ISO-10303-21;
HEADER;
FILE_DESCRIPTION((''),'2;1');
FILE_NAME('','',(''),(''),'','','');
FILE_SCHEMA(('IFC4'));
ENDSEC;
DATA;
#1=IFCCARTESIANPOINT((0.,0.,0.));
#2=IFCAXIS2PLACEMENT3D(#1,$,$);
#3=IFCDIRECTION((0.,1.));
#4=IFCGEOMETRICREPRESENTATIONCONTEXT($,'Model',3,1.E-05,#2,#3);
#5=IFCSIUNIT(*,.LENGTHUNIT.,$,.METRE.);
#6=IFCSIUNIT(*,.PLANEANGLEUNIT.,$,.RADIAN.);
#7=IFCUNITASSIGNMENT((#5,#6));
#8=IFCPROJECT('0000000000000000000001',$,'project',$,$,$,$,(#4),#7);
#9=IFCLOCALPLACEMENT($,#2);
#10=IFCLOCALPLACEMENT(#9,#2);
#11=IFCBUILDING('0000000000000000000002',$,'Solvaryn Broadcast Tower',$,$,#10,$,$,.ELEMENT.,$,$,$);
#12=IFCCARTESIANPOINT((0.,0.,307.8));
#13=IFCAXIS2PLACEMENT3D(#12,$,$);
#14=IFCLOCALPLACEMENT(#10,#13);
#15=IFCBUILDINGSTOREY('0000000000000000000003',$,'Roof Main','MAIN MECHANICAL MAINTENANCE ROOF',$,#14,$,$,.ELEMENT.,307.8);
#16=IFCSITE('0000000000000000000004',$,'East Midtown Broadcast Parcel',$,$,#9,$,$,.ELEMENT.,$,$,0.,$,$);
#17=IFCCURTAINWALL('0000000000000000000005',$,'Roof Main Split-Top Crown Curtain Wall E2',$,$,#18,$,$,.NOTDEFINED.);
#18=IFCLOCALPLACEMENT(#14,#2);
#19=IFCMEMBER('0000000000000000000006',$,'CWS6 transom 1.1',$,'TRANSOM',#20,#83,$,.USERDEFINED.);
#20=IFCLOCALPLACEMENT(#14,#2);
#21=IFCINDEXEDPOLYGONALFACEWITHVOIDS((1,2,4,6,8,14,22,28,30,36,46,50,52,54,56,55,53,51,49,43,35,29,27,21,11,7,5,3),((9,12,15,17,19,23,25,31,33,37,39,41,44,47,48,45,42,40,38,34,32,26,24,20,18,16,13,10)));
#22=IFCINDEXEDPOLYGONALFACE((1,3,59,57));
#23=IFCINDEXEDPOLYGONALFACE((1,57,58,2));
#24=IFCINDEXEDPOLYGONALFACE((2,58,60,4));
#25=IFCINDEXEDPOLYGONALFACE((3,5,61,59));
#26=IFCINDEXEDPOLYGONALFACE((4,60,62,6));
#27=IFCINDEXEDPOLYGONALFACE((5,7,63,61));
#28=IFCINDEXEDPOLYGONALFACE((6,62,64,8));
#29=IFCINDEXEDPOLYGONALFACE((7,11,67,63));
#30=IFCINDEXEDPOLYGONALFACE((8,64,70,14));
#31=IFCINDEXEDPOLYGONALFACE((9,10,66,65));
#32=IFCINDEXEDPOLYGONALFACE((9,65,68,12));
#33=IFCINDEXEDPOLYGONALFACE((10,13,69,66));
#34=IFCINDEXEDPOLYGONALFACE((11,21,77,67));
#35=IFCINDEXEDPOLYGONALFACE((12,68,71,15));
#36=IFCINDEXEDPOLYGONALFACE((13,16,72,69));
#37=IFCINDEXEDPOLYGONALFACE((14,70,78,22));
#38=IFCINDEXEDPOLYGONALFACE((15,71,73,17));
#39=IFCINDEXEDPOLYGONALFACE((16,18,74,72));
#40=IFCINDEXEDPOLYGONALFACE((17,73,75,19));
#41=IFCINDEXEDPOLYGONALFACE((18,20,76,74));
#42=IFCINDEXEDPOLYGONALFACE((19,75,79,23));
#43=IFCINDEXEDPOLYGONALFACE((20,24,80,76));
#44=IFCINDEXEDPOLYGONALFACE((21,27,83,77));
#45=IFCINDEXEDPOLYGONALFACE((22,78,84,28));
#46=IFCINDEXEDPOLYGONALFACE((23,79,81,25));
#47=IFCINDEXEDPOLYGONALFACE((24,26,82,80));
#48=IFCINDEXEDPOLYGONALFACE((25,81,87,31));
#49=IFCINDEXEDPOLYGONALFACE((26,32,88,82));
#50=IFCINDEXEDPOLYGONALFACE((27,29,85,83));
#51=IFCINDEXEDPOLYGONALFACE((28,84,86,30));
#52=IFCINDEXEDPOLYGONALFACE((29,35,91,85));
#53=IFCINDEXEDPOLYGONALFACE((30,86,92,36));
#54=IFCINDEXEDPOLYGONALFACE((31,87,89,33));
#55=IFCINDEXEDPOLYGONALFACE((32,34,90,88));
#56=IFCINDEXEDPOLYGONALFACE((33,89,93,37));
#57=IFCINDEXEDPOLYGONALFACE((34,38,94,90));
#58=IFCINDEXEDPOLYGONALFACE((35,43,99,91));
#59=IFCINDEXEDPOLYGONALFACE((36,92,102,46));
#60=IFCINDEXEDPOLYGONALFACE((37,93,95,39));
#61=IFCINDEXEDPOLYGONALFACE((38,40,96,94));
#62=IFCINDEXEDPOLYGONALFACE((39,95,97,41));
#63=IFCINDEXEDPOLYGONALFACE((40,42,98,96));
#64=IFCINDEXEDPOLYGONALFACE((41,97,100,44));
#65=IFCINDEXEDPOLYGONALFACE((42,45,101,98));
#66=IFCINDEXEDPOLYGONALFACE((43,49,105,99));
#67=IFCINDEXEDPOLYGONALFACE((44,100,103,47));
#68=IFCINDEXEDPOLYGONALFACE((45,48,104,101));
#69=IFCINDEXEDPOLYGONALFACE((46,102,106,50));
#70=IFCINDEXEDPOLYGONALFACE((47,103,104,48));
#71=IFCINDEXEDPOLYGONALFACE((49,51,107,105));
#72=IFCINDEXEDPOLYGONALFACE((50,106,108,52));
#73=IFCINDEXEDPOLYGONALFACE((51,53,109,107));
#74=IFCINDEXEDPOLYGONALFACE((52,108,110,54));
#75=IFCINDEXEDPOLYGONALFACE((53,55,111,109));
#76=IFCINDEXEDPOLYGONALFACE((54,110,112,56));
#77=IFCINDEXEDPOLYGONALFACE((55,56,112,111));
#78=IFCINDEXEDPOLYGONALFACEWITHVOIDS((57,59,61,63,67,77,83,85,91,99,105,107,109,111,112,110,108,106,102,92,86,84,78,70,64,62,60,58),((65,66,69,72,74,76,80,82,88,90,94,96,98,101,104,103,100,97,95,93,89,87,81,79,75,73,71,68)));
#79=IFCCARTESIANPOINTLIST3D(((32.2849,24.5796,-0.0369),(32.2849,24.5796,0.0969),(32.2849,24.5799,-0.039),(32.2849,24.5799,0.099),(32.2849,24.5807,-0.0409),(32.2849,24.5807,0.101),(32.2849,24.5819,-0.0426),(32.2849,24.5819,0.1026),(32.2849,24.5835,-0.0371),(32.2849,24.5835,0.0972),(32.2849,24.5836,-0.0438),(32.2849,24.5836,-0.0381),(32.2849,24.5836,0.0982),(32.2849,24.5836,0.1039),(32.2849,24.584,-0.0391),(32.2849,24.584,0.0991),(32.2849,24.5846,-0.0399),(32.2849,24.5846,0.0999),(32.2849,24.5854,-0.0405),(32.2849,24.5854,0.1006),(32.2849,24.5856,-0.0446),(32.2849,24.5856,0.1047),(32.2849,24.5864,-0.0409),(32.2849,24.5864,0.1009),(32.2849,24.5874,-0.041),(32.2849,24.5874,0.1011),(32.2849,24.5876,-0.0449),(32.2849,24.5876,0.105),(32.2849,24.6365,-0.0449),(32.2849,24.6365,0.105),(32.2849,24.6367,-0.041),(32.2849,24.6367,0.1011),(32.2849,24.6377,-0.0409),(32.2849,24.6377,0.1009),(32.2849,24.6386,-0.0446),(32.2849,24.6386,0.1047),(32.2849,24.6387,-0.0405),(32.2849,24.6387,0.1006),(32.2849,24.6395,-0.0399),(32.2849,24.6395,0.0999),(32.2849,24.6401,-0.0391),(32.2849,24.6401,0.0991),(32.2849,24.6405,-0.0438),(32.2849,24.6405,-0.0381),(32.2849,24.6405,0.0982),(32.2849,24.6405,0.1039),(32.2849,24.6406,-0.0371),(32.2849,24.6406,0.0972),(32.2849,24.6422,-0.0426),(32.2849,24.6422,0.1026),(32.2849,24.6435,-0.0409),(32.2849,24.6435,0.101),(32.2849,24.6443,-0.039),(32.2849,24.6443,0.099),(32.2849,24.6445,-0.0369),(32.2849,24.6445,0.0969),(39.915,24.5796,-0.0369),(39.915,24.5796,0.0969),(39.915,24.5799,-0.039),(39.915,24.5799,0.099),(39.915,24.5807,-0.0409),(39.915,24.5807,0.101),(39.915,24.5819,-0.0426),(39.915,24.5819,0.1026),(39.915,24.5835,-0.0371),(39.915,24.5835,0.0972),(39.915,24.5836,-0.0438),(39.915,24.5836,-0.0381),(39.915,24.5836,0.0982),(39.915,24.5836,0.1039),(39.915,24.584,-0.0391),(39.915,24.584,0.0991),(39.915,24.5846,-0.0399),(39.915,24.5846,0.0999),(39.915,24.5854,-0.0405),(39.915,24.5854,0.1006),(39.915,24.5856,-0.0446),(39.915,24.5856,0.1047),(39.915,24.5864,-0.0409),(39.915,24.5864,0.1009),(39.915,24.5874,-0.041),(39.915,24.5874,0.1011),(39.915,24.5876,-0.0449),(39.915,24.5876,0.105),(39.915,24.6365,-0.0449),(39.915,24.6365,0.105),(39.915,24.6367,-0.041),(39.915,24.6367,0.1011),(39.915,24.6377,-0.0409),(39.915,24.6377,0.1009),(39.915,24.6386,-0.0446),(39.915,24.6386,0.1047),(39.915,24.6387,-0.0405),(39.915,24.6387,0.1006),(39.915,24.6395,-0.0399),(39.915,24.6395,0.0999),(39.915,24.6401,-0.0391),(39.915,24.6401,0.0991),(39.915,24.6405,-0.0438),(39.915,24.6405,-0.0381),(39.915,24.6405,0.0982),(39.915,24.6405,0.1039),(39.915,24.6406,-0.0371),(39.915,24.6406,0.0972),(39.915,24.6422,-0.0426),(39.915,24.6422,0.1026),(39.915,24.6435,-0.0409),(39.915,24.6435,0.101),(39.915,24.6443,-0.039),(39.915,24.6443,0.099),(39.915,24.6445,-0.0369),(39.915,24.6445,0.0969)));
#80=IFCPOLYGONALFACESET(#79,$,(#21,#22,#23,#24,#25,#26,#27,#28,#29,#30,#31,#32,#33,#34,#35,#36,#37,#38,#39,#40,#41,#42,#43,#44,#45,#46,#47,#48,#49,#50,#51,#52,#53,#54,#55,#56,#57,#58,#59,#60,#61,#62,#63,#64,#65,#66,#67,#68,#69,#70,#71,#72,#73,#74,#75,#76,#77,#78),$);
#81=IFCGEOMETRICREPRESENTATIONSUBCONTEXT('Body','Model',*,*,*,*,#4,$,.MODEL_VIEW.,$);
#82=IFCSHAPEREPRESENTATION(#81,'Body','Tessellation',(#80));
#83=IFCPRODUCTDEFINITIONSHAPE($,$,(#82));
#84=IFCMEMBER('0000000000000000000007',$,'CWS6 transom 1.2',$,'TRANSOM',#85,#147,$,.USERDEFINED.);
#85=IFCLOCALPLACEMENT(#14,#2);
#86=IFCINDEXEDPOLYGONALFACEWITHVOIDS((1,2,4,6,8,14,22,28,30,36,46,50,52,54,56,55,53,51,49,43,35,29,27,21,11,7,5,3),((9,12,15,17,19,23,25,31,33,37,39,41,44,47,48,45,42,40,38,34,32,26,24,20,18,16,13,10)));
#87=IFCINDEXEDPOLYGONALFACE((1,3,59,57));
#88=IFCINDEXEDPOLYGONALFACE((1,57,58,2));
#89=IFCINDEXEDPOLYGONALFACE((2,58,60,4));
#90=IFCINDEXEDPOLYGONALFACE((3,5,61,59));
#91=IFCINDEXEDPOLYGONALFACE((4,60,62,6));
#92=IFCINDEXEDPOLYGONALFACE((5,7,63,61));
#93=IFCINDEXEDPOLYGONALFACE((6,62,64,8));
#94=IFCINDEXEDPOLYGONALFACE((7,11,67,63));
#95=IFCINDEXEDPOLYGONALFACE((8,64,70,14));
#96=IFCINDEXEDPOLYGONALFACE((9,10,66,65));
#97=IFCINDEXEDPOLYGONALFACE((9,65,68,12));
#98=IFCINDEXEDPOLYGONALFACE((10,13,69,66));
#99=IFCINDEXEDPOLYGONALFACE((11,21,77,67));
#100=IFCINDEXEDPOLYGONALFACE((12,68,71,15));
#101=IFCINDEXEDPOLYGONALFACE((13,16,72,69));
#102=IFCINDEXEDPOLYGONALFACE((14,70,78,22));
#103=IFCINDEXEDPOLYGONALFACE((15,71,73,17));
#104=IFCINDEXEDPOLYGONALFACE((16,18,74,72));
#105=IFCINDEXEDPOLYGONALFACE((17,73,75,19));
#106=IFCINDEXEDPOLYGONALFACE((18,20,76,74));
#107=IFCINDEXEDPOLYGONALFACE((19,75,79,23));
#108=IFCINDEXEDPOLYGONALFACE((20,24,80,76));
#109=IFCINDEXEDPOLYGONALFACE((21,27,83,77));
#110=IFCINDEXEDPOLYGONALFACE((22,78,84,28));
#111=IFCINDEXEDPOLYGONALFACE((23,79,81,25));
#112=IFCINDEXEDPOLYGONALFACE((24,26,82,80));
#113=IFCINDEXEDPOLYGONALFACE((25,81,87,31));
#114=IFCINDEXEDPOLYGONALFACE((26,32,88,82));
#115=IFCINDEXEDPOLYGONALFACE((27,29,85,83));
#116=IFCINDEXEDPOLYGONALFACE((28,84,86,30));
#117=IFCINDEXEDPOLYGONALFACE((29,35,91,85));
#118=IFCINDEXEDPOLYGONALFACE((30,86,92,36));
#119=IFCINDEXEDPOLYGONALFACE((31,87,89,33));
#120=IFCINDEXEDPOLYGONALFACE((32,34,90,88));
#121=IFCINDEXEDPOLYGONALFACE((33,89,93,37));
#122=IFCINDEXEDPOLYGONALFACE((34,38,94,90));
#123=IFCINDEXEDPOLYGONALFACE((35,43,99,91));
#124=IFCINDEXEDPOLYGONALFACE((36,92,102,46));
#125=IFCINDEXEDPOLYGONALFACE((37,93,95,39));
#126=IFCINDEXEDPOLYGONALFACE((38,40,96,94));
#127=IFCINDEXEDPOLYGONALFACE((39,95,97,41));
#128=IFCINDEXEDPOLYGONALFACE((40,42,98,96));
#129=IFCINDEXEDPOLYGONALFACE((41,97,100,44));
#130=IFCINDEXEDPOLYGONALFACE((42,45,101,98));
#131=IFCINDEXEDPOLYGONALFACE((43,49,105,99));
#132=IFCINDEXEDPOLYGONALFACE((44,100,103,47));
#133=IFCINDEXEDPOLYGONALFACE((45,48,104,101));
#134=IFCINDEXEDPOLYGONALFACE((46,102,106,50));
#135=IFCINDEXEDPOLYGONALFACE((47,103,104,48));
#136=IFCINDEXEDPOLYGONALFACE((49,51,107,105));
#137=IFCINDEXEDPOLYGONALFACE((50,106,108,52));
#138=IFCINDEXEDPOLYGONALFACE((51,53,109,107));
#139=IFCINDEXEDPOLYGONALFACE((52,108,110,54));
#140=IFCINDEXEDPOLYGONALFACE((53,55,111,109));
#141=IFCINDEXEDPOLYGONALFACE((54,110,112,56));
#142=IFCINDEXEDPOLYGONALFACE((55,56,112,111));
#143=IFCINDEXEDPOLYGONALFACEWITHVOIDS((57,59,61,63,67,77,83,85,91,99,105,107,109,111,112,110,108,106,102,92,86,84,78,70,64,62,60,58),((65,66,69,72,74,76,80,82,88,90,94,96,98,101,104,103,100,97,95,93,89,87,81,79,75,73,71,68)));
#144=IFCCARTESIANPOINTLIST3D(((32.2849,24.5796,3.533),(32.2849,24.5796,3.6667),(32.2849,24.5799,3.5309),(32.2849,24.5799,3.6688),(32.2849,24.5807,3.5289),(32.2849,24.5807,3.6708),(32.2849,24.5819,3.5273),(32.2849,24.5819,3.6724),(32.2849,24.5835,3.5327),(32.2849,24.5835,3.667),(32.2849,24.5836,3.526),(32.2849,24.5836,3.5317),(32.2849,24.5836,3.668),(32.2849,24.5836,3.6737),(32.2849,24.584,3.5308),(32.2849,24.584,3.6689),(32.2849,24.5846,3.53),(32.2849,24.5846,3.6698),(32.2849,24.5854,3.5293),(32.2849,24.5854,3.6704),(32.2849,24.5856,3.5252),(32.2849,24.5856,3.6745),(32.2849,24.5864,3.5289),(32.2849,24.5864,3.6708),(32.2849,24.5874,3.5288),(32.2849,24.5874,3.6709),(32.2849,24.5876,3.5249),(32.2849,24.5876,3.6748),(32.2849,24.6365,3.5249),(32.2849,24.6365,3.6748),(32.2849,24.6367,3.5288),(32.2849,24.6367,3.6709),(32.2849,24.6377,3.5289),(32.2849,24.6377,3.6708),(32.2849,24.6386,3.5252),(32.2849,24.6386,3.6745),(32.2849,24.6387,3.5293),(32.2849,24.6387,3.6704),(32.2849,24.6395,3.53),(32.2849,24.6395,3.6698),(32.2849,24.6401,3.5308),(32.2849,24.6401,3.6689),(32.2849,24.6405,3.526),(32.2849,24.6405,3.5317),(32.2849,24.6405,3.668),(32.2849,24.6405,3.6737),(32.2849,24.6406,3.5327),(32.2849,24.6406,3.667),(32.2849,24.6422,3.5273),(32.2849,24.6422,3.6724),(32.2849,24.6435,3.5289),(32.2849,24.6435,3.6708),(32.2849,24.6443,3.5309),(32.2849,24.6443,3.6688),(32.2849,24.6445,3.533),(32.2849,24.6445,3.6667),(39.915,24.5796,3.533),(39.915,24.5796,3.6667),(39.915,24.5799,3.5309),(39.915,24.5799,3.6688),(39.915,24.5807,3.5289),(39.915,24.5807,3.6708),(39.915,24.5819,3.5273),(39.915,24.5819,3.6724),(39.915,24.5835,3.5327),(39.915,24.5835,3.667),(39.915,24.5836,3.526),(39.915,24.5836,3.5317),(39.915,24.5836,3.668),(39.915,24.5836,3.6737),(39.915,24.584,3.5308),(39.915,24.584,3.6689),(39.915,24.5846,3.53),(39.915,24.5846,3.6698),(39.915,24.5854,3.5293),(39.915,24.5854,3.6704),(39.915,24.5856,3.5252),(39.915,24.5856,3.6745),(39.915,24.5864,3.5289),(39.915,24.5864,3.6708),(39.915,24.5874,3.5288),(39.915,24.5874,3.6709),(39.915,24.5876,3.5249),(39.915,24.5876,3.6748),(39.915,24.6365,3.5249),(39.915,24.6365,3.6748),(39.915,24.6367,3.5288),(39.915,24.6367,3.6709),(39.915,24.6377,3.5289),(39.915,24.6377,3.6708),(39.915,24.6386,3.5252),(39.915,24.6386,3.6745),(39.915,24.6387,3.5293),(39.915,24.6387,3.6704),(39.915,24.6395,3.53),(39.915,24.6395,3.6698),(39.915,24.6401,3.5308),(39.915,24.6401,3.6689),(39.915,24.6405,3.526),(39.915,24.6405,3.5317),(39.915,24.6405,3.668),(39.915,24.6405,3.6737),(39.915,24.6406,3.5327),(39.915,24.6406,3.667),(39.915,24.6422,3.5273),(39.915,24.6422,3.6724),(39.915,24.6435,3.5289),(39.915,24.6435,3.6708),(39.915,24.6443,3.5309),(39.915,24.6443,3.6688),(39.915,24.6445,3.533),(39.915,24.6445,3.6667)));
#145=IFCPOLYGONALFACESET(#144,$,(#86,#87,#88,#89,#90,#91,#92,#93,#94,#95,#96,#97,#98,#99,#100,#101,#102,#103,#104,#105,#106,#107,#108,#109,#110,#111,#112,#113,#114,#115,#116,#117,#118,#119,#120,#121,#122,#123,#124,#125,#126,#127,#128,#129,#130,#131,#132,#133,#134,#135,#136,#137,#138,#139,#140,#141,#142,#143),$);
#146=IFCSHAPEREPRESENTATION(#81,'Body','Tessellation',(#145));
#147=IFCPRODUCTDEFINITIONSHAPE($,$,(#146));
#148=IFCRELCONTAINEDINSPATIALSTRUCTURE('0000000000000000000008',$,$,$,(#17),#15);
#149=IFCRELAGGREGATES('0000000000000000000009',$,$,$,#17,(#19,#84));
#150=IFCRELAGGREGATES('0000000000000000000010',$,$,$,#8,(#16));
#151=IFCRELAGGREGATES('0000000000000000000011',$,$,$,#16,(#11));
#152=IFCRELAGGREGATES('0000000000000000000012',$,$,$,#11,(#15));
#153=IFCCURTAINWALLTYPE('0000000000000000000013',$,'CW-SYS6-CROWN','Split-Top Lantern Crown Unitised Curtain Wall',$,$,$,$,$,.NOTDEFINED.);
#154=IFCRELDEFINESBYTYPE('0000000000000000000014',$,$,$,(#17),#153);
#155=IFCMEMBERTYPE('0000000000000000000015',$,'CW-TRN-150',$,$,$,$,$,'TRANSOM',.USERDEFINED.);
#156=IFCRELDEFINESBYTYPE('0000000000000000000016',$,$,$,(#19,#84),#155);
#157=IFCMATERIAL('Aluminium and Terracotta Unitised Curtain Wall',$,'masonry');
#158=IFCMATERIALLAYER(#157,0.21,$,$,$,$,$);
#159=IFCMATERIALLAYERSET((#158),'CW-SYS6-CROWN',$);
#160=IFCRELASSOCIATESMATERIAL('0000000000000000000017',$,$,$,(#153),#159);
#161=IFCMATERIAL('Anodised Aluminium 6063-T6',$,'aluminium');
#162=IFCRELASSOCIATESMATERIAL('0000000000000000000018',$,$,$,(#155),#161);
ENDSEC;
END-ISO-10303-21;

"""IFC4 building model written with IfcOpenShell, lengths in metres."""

from ifc_helpers import new_model, si_unit, direction, frame, origin, origin_2d, place, context, subcontext, project, spatial, hollow_rectangle, extrude, material, layer, layer_set, material_profile, profile_set, type_object, element, aggregate, save


model = new_model("IFC4")

# Units and contexts
model_context = context("Model", 3, precision=1e-05, world=origin(), true_north=direction((0.0, 1.0)))
body_context = subcontext(model_context, "Body", "Model", "MODEL_VIEW")
ifc_project = project(units=[si_unit("LENGTHUNIT", "METRE"), si_unit("PLANEANGLEUNIT", "RADIAN")], contexts=[model_context])

# Site, building, storey
site_placement = place(None, origin())
site = spatial("IfcSite", under=ifc_project, at=site_placement, Name="East Midtown Broadcast Parcel", CompositionType="ELEMENT", RefElevation=0.0)
building_placement = place(site_placement, origin())
building = spatial("IfcBuilding", under=site, at=building_placement, Name="Solvaryn Broadcast Tower", CompositionType="ELEMENT")
storey_placement = place(building_placement, frame((0.0, 0.0, 307.8)))
storey = spatial("IfcBuildingStorey", under=building, at=storey_placement, Name="Roof Main", Description="MAIN MECHANICAL MAINTENANCE ROOF", CompositionType="ELEMENT", Elevation=307.8)

# Shared definitions
ifc_material_1 = material(Name="Aluminium and Terracotta Unitised Curtain Wall", Category="masonry")
ifc_layer_1 = layer(ifc_material_1, 0.21)
ifc_layer_set_1 = layer_set([ifc_layer_1], Name="CW-SYS6-CROWN")
curtain_wall_type = type_object("IfcCurtainWallType", Name="CW-SYS6-CROWN", Description="Split-Top Lantern Crown Unitised Curtain Wall", PredefinedType="NOTDEFINED", material=ifc_layer_set_1)

# Curtain wall
curtain_wall_1_placement = place(storey_placement, origin())
curtain_wall_1 = element("IfcCurtainWall", 1, at=curtain_wall_1_placement, inside=storey, type_object=curtain_wall_type, Name="Roof Main Split-Top Crown Curtain Wall E2", PredefinedType="NOTDEFINED")

# Members
ifc_material_2 = material(Name="Anodised Aluminium 6063-T6", Category="aluminium")
ifc_material_profile_1 = material_profile(ifc_material_2, hollow_rectangle(XDim=0.0649, YDim=0.1499, WallThickness=0.0039, InnerFilletRadius=0.0039, OuterFilletRadius=0.0081, at=origin_2d()))
ifc_profile_set_1 = profile_set([ifc_material_profile_1], Name="Anodised Aluminium 6063-T6")
member_type_1 = type_object("IfcMemberType", Name="CW-TRN-150", ElementType="TRANSOM", PredefinedType="USERDEFINED", material=ifc_profile_set_1)
member_1_placement = place(storey_placement, frame((39.915, 24.6121, 0.03), z_axis=(-1.0, 0.0, 0.0), x_axis=(0.0, -1.0, 0.0)))
member_1 = element("IfcMember", 2, at=member_1_placement, type_object=member_type_1, Name="CWS6 transom 1.1", ObjectType="TRANSOM", PredefinedType="USERDEFINED", context=body_context, shape_type="SweptSolid", body=[
    extrude(hollow_rectangle(XDim=0.0649, YDim=0.1499, WallThickness=0.0039, InnerFilletRadius=0.0039, OuterFilletRadius=0.0081, at=origin_2d()), origin(), (0.0, 0.0, 1.0), 7.6301),
])
member_2_placement = place(storey_placement, frame((39.915, 24.6121, 3.5999), z_axis=(-1.0, 0.0, 0.0), x_axis=(0.0, -1.0, 0.0)))
member_2 = element("IfcMember", 3, at=member_2_placement, type_object=member_type_1, Name="CWS6 transom 1.2", ObjectType="TRANSOM", PredefinedType="USERDEFINED", context=body_context, shape_type="SweptSolid", body=[
    extrude(hollow_rectangle(XDim=0.0649, YDim=0.1499, WallThickness=0.0039, InnerFilletRadius=0.0039, OuterFilletRadius=0.0081, at=origin_2d()), origin(), (0.0, 0.0, 1.0), 7.6301),
])

aggregate(curtain_wall_1, [member_1, member_2])

save(model, "model.ifc")
